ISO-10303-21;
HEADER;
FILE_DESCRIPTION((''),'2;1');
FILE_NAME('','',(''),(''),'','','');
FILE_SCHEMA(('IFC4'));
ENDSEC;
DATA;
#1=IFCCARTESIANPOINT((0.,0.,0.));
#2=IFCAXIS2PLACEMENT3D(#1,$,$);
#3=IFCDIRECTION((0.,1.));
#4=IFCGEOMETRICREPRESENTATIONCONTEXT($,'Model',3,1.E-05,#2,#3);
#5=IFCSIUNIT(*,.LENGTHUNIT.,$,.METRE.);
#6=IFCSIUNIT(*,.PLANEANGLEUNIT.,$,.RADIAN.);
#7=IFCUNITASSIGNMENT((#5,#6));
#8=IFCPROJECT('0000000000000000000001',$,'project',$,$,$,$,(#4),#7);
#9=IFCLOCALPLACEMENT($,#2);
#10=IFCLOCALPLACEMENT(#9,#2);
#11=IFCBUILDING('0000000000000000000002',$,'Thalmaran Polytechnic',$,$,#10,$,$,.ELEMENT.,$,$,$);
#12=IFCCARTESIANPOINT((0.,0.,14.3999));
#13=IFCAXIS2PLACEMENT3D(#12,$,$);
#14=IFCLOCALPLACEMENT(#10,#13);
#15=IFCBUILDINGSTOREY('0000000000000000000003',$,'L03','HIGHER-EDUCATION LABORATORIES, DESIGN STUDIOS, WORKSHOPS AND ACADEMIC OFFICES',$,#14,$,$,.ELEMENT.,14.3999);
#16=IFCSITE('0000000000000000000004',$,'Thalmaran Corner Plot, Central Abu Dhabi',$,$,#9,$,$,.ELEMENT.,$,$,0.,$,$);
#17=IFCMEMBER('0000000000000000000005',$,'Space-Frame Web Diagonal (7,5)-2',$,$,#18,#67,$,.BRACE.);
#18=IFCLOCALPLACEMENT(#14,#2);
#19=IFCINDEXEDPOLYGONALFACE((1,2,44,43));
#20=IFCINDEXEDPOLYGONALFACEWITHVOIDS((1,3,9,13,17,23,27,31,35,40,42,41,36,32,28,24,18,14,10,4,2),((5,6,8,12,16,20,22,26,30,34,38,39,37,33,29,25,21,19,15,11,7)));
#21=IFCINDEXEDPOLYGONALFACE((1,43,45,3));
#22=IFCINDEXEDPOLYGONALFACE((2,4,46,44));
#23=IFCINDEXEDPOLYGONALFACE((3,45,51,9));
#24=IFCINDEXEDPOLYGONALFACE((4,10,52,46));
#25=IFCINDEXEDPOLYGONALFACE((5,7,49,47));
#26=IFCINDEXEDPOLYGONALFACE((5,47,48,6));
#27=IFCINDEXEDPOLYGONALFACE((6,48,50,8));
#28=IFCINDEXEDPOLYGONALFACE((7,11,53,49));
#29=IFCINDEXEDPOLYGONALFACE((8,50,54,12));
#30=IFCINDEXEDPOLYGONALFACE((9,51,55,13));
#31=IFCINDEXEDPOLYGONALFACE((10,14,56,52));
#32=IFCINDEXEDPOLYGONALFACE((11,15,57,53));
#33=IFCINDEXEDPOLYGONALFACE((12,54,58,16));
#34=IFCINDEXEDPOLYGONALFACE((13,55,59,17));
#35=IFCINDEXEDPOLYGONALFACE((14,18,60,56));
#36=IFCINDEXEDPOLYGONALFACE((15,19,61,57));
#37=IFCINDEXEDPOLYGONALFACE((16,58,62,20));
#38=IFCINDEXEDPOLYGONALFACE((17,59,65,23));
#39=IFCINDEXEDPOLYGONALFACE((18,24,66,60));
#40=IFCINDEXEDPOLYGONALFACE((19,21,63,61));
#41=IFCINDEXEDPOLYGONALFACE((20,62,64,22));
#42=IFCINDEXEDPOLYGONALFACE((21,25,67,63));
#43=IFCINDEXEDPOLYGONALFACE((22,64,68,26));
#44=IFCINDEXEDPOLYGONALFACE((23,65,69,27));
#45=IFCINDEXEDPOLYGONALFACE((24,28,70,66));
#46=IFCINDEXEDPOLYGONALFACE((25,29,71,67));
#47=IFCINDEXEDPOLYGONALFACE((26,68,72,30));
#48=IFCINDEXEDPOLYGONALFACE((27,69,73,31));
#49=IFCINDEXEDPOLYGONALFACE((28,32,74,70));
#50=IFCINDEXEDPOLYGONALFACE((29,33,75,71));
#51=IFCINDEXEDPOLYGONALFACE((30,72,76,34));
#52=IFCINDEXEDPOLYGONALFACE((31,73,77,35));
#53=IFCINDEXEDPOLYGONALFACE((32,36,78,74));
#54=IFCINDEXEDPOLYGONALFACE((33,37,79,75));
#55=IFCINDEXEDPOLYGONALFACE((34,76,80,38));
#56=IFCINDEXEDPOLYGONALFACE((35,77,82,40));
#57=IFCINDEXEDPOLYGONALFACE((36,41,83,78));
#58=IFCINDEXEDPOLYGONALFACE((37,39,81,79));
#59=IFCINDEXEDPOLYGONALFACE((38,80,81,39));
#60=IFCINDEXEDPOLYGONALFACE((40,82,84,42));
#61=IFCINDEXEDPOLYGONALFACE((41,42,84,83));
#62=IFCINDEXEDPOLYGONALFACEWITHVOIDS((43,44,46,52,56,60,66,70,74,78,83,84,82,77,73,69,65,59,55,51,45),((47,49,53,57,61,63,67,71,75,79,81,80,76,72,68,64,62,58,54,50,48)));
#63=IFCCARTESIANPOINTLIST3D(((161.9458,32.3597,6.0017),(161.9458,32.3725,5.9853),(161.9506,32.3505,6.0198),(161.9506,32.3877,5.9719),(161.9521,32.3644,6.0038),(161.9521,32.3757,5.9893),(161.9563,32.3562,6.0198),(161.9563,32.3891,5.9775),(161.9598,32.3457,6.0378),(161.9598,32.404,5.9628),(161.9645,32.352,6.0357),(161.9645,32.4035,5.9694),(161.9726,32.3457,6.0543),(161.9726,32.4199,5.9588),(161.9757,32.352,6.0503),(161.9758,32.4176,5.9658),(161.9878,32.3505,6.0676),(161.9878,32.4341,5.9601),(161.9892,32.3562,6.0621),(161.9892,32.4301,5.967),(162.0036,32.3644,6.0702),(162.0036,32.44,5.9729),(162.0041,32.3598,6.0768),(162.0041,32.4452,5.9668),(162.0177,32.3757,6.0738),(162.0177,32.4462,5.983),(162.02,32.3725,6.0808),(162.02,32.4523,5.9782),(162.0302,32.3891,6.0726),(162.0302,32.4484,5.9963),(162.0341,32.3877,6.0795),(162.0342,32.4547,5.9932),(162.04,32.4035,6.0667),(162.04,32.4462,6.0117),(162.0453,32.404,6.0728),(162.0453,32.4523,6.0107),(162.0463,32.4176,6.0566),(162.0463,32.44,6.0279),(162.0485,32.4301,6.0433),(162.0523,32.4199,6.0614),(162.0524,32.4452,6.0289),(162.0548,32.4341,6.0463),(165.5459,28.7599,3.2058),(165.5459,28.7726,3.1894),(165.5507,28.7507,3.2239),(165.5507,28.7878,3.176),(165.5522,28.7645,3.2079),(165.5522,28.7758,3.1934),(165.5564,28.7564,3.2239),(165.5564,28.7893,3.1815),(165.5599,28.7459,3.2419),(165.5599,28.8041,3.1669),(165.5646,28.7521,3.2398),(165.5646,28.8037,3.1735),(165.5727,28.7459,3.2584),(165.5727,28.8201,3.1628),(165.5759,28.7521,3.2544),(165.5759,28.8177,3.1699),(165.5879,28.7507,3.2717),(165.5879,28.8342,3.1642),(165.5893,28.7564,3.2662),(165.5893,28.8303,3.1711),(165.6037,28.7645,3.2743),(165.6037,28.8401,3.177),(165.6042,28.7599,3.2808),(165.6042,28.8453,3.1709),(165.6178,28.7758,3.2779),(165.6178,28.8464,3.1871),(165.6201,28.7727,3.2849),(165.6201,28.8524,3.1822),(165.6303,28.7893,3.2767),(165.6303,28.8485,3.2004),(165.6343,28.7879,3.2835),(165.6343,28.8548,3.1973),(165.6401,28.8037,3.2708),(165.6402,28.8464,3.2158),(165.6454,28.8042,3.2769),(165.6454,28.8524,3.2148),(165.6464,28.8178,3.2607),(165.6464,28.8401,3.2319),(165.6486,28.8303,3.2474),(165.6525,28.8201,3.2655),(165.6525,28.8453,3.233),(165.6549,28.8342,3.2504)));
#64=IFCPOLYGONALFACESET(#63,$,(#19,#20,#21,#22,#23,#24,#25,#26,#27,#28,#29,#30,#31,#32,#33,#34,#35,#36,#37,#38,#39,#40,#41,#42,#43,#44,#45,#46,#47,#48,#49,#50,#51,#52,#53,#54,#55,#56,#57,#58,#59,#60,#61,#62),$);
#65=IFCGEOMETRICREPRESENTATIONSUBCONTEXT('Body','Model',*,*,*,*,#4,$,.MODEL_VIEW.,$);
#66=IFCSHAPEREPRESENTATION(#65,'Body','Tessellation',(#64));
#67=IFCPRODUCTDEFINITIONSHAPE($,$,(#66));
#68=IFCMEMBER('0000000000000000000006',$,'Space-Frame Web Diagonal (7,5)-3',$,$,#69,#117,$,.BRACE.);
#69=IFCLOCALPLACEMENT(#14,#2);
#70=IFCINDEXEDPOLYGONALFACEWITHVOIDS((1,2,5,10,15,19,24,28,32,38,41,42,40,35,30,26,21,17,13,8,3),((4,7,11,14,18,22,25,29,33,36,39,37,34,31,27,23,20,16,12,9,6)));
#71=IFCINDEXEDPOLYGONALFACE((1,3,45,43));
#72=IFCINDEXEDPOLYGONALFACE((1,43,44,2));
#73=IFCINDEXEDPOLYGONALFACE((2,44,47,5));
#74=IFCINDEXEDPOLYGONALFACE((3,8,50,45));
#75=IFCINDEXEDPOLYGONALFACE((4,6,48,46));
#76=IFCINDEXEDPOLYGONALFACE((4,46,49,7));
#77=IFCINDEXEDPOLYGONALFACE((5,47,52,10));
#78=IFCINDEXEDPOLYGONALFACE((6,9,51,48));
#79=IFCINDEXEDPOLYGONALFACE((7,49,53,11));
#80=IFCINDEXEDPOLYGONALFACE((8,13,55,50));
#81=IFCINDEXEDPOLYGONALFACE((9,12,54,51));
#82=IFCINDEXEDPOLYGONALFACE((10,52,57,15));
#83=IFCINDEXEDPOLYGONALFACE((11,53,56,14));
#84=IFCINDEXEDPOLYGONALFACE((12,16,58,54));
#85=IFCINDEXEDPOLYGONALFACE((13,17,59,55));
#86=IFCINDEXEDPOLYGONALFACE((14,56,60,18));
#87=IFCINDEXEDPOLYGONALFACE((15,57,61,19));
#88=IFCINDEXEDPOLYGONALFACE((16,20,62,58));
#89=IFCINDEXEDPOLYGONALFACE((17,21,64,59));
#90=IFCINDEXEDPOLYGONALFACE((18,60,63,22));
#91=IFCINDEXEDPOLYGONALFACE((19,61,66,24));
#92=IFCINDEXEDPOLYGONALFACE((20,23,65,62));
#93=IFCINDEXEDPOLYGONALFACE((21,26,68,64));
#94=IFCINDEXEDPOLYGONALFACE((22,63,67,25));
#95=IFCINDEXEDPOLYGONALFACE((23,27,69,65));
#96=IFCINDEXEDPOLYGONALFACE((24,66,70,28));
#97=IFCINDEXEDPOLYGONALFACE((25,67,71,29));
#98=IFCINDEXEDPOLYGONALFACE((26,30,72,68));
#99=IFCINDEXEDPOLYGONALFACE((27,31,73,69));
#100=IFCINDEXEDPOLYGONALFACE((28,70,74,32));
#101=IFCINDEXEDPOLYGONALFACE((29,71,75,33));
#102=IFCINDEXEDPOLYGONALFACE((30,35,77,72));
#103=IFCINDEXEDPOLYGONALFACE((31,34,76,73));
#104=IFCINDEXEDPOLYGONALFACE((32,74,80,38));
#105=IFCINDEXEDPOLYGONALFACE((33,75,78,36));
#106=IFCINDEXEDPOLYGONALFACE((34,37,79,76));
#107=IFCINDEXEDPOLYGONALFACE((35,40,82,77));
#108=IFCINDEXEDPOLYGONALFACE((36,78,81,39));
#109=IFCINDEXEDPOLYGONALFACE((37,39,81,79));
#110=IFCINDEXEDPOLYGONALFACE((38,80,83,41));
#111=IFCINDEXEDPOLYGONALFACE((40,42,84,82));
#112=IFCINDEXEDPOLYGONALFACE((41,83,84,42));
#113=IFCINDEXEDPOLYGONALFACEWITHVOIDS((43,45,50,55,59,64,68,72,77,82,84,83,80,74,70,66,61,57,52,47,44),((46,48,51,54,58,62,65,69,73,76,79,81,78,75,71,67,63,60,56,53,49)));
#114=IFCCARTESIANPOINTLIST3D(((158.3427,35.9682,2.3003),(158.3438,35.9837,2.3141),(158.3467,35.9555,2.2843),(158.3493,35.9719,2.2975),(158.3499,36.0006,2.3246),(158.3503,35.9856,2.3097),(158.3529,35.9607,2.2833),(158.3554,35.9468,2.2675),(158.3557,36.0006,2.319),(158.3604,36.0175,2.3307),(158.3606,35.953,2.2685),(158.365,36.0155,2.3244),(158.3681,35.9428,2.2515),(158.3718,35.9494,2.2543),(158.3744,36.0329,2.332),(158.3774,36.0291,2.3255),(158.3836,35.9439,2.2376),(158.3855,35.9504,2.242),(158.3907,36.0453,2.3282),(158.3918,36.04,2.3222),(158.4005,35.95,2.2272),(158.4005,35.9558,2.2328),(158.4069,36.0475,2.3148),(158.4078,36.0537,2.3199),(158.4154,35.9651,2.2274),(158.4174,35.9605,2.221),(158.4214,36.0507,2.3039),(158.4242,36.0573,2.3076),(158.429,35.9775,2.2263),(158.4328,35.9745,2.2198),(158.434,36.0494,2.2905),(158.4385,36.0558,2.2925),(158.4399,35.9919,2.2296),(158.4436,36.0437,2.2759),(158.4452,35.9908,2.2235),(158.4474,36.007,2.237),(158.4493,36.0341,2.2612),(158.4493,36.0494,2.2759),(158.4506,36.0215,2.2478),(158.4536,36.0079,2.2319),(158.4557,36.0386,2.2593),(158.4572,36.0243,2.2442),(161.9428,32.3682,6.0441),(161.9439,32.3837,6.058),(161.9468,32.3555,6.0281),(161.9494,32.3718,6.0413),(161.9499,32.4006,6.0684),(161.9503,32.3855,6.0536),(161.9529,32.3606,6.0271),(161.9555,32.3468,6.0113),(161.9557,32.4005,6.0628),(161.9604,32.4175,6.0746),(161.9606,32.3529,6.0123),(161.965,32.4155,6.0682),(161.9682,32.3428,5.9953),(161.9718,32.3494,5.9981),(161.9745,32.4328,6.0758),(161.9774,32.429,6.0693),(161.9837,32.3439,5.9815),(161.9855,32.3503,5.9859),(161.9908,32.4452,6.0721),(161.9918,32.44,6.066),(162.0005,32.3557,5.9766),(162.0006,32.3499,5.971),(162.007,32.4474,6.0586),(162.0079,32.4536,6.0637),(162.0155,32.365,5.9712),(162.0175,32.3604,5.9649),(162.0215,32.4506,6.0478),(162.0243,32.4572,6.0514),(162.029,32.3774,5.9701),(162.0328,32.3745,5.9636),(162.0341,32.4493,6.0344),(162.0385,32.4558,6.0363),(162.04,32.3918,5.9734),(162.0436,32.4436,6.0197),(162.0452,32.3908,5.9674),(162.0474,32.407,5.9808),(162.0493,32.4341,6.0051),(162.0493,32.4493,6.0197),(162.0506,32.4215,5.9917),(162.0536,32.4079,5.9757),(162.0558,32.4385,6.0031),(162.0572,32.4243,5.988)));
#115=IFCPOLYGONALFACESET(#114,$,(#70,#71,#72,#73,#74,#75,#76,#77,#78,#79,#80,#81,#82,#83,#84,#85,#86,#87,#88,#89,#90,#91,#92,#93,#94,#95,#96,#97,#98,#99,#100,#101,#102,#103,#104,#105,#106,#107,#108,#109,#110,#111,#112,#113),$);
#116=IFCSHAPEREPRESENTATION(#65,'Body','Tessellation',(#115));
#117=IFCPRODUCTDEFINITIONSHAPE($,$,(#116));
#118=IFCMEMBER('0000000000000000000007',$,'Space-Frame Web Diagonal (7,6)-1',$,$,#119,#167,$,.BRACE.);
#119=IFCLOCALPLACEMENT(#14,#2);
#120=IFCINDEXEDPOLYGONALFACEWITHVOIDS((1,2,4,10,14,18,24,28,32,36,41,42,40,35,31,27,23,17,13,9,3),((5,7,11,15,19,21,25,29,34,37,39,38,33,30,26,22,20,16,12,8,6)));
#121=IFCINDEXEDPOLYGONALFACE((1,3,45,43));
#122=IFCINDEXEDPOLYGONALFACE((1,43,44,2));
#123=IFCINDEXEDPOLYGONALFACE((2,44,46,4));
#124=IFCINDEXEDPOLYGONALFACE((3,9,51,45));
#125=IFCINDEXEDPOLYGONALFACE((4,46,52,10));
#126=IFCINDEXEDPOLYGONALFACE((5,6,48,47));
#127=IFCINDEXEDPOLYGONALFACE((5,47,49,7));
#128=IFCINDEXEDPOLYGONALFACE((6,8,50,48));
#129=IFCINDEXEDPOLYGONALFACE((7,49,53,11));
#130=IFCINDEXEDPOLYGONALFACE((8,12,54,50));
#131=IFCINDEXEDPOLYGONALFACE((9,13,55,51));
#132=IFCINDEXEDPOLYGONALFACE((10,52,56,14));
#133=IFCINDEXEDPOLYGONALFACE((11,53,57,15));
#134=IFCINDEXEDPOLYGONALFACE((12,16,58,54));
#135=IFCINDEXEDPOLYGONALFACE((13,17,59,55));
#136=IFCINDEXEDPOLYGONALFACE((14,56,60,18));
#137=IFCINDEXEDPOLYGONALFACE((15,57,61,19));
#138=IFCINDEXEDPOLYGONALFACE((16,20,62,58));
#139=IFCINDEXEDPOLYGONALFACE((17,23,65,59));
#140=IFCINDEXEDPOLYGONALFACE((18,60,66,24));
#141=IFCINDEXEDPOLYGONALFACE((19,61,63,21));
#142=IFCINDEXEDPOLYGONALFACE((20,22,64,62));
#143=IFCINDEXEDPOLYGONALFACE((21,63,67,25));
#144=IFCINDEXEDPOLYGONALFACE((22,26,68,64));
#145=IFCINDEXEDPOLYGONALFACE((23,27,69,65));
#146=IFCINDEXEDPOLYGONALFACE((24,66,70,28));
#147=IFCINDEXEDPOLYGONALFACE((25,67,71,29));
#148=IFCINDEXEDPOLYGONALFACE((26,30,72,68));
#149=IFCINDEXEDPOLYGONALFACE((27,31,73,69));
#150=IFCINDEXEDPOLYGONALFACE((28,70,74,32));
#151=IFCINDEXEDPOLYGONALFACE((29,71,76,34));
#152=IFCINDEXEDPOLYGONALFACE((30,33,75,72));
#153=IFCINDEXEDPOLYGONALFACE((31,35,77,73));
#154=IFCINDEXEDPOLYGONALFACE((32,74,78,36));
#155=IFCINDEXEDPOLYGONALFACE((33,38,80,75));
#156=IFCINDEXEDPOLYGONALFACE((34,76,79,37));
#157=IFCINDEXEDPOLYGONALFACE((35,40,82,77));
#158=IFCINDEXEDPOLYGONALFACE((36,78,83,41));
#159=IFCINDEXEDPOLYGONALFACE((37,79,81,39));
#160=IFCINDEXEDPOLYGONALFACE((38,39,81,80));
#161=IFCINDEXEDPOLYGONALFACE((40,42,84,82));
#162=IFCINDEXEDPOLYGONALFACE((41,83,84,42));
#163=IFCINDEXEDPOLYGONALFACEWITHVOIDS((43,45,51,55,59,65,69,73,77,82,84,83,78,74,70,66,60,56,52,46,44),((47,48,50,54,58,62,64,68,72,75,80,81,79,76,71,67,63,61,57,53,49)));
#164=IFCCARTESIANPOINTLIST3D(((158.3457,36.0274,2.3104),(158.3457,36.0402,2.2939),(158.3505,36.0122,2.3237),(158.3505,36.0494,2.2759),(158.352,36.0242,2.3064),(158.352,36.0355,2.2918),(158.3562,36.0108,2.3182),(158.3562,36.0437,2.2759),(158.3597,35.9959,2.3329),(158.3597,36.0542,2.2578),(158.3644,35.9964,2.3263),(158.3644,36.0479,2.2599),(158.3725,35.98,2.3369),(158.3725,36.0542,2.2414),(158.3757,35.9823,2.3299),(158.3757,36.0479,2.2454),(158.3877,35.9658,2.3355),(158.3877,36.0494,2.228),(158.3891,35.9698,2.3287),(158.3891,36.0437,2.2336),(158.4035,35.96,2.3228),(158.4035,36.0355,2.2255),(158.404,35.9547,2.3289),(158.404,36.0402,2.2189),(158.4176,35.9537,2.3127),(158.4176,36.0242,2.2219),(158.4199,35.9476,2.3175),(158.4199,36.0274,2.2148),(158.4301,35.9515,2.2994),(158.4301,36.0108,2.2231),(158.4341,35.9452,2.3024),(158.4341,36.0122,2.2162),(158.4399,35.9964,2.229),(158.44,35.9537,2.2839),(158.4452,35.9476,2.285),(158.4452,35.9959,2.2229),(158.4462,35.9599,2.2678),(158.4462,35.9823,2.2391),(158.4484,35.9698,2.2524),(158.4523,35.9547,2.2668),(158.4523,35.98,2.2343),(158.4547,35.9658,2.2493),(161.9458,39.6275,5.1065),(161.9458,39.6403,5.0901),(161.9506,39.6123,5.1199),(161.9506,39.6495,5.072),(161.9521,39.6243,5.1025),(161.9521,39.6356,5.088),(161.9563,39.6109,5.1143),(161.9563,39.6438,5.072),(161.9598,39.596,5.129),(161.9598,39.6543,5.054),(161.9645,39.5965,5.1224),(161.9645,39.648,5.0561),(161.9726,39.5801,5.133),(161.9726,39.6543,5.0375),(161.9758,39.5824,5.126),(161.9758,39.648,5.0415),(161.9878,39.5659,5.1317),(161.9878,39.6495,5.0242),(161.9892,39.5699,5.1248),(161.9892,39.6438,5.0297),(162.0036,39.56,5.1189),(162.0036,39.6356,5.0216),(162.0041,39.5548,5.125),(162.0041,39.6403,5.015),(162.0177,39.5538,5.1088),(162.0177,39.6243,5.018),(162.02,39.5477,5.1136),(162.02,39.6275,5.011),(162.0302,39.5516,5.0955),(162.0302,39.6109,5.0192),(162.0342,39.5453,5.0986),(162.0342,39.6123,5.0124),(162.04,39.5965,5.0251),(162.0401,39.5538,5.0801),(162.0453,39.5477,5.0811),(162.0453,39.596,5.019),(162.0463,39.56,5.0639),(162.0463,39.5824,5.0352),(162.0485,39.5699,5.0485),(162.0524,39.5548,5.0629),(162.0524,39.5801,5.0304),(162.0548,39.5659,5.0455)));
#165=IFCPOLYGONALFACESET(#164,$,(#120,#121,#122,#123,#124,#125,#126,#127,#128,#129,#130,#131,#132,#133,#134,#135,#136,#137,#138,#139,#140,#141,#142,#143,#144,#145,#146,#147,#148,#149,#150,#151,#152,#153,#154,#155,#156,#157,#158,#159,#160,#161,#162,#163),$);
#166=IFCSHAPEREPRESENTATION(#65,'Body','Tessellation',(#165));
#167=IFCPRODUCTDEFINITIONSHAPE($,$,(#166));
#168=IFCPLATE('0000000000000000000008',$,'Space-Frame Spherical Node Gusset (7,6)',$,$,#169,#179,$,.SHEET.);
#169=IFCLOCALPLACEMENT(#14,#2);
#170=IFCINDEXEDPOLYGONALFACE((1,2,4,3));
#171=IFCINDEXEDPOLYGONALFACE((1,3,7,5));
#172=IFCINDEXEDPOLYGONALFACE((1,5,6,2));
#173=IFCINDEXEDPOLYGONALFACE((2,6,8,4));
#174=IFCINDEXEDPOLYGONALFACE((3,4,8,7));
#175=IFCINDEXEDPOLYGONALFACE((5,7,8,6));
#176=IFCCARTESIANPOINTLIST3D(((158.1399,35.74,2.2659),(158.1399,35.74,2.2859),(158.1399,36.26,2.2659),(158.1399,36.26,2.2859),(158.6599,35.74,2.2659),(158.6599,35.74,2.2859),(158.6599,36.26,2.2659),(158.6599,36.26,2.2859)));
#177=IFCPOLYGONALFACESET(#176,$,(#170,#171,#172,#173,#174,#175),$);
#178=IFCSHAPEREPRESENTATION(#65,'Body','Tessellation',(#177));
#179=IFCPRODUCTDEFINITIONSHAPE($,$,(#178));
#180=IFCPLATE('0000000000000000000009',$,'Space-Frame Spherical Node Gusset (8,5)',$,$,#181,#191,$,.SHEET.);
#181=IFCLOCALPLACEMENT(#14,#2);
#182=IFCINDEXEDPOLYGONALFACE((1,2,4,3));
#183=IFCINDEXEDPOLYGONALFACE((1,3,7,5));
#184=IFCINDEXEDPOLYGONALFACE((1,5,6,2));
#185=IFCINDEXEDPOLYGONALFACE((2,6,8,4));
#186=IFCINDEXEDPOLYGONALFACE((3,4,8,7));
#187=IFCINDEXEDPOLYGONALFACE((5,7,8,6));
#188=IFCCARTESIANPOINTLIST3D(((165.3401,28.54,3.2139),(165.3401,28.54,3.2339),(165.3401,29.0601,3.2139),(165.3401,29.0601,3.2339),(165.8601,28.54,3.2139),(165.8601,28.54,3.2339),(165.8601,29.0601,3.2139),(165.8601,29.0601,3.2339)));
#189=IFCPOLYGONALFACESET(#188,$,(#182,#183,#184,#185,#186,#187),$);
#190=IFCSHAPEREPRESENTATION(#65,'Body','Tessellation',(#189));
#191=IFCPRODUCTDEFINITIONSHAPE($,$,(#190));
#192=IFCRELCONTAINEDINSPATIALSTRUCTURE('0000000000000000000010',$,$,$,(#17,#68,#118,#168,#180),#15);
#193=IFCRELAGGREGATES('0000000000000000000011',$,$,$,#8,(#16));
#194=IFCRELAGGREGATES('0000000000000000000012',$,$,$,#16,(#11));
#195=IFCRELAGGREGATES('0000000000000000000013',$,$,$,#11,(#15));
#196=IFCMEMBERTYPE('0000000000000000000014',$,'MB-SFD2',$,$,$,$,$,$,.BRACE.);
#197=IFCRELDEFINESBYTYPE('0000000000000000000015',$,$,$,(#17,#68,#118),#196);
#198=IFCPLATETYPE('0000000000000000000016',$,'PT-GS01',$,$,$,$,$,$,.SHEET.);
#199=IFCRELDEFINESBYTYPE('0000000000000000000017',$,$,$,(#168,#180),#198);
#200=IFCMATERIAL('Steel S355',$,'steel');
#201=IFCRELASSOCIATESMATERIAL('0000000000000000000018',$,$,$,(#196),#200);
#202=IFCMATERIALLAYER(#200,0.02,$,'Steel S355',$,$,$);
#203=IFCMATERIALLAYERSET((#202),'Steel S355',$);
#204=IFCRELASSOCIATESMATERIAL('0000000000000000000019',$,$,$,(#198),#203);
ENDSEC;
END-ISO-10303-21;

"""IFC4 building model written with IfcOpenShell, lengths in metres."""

from ifc_helpers import new_model, si_unit, direction, frame, origin, origin_2d, place, context, subcontext, project, spatial, rectangle, hollow_circle, extrude, material, layer, layer_set, material_profile, profile_set, type_object, element, save


model = new_model("IFC4")

# Units and contexts
model_context = context("Model", 3, precision=1e-05, world=origin(), true_north=direction((0.0, 1.0)))
body_context = subcontext(model_context, "Body", "Model", "MODEL_VIEW")
ifc_project = project(units=[si_unit("LENGTHUNIT", "METRE"), si_unit("PLANEANGLEUNIT", "RADIAN")], contexts=[model_context])

# Site, building, storey
site_placement = place(None, origin())
site = spatial("IfcSite", under=ifc_project, at=site_placement, Name="Thalmaran Corner Plot, Central Abu Dhabi", CompositionType="ELEMENT", RefElevation=0.0)
building_placement = place(site_placement, origin())
building = spatial("IfcBuilding", under=site, at=building_placement, Name="Thalmaran Polytechnic", CompositionType="ELEMENT")
storey_placement = place(building_placement, frame((0.0, 0.0, 14.3999)))
storey = spatial("IfcBuildingStorey", under=building, at=storey_placement, Name="L03", Description="HIGHER-EDUCATION LABORATORIES, DESIGN STUDIOS, WORKSHOPS AND ACADEMIC OFFICES", CompositionType="ELEMENT", Elevation=14.3999)

# Members
ifc_material = material(Name="Steel S355", Category="steel")
ifc_material_profile_1 = material_profile(ifc_material, hollow_circle(Radius=0.0698, WallThickness=0.0081, at=origin_2d()), Name="CHS 139.7x8.0")
ifc_profile_set_1 = profile_set([ifc_material_profile_1], Name="Steel S355")
member_type_1 = type_object("IfcMemberType", Name="MB-SFD2", PredefinedType="BRACE", material=ifc_profile_set_1)
for number, where, z_axis, x_axis, name in (
    (1, (165.6001, 28.8, 3.2239), (-0.619816, 0.619774, 0.48136), (-0.707083, -0.707131, 0.0), "Space-Frame Web Diagonal (7,5)-2"),
):
    element("IfcMember", number, at=place(storey_placement, frame(where, z_axis=z_axis, x_axis=x_axis)), inside=storey, type_object=member_type_1, Name=name, PredefinedType="BRACE", context=body_context, shape_type="SweptSolid", body=[
        extrude(hollow_circle(Radius=0.0698, WallThickness=0.0081, at=origin_2d()), origin(), (0.0, 0.0, 1.0), 5.8083),
    ])
member_1_placement = place(storey_placement, frame((158.3999, 36.0, 2.2759), z_axis=(0.569666, -0.569666, 0.59242), x_axis=(0.707107, 0.707107, 0.0)))
element("IfcMember", 2, at=member_1_placement, inside=storey, type_object=member_type_1, Name="Space-Frame Web Diagonal (7,5)-3", PredefinedType="BRACE", context=body_context, shape_type="SweptSolid", body=[
    extrude(hollow_circle(Radius=0.0698, WallThickness=0.0081, at=origin_2d()), origin(), (0.0, 0.0, 1.0), 6.3196),
])
member_2_placement = place(storey_placement, frame((158.3999, 36.0, 2.2759), z_axis=(0.619788, 0.619788, 0.48138), x_axis=(-0.707107, 0.707107, 0.0)))
element("IfcMember", 3, at=member_2_placement, inside=storey, type_object=member_type_1, Name="Space-Frame Web Diagonal (7,6)-1", PredefinedType="BRACE", context=body_context, shape_type="SweptSolid", body=[
    extrude(hollow_circle(Radius=0.0698, WallThickness=0.0081, at=origin_2d()), origin(), (0.0, 0.0, 1.0), 5.8086),
])

# Plates
ifc_layer = layer(ifc_material, 0.02, Name="Steel S355")
ifc_layer_set = layer_set([ifc_layer], Name="Steel S355")
plate_type = type_object("IfcPlateType", Name="PT-GS01", PredefinedType="SHEET", material=ifc_layer_set)
for number, where, z_axis, x_axis, name in (
    (4, (158.3999, 36.0, 2.2659), (0.0, 0.0, 1.0), (1.0, 0.0, 0.0), "Space-Frame Spherical Node Gusset (7,6)"),
    (5, (165.6001, 28.8, 3.2139), (0.0, 0.0, 1.0), (1.0, 0.0, 0.0), "Space-Frame Spherical Node Gusset (8,5)"),
):
    element("IfcPlate", number, at=place(storey_placement, frame(where, z_axis=z_axis, x_axis=x_axis)), inside=storey, type_object=plate_type, Name=name, PredefinedType="SHEET", context=body_context, shape_type="SweptSolid", body=[
        extrude(rectangle(XDim=0.52, YDim=0.52, at=origin_2d()), origin(), (0.0, 0.0, 1.0), 0.02),
    ])

save(model, "model.ifc")
